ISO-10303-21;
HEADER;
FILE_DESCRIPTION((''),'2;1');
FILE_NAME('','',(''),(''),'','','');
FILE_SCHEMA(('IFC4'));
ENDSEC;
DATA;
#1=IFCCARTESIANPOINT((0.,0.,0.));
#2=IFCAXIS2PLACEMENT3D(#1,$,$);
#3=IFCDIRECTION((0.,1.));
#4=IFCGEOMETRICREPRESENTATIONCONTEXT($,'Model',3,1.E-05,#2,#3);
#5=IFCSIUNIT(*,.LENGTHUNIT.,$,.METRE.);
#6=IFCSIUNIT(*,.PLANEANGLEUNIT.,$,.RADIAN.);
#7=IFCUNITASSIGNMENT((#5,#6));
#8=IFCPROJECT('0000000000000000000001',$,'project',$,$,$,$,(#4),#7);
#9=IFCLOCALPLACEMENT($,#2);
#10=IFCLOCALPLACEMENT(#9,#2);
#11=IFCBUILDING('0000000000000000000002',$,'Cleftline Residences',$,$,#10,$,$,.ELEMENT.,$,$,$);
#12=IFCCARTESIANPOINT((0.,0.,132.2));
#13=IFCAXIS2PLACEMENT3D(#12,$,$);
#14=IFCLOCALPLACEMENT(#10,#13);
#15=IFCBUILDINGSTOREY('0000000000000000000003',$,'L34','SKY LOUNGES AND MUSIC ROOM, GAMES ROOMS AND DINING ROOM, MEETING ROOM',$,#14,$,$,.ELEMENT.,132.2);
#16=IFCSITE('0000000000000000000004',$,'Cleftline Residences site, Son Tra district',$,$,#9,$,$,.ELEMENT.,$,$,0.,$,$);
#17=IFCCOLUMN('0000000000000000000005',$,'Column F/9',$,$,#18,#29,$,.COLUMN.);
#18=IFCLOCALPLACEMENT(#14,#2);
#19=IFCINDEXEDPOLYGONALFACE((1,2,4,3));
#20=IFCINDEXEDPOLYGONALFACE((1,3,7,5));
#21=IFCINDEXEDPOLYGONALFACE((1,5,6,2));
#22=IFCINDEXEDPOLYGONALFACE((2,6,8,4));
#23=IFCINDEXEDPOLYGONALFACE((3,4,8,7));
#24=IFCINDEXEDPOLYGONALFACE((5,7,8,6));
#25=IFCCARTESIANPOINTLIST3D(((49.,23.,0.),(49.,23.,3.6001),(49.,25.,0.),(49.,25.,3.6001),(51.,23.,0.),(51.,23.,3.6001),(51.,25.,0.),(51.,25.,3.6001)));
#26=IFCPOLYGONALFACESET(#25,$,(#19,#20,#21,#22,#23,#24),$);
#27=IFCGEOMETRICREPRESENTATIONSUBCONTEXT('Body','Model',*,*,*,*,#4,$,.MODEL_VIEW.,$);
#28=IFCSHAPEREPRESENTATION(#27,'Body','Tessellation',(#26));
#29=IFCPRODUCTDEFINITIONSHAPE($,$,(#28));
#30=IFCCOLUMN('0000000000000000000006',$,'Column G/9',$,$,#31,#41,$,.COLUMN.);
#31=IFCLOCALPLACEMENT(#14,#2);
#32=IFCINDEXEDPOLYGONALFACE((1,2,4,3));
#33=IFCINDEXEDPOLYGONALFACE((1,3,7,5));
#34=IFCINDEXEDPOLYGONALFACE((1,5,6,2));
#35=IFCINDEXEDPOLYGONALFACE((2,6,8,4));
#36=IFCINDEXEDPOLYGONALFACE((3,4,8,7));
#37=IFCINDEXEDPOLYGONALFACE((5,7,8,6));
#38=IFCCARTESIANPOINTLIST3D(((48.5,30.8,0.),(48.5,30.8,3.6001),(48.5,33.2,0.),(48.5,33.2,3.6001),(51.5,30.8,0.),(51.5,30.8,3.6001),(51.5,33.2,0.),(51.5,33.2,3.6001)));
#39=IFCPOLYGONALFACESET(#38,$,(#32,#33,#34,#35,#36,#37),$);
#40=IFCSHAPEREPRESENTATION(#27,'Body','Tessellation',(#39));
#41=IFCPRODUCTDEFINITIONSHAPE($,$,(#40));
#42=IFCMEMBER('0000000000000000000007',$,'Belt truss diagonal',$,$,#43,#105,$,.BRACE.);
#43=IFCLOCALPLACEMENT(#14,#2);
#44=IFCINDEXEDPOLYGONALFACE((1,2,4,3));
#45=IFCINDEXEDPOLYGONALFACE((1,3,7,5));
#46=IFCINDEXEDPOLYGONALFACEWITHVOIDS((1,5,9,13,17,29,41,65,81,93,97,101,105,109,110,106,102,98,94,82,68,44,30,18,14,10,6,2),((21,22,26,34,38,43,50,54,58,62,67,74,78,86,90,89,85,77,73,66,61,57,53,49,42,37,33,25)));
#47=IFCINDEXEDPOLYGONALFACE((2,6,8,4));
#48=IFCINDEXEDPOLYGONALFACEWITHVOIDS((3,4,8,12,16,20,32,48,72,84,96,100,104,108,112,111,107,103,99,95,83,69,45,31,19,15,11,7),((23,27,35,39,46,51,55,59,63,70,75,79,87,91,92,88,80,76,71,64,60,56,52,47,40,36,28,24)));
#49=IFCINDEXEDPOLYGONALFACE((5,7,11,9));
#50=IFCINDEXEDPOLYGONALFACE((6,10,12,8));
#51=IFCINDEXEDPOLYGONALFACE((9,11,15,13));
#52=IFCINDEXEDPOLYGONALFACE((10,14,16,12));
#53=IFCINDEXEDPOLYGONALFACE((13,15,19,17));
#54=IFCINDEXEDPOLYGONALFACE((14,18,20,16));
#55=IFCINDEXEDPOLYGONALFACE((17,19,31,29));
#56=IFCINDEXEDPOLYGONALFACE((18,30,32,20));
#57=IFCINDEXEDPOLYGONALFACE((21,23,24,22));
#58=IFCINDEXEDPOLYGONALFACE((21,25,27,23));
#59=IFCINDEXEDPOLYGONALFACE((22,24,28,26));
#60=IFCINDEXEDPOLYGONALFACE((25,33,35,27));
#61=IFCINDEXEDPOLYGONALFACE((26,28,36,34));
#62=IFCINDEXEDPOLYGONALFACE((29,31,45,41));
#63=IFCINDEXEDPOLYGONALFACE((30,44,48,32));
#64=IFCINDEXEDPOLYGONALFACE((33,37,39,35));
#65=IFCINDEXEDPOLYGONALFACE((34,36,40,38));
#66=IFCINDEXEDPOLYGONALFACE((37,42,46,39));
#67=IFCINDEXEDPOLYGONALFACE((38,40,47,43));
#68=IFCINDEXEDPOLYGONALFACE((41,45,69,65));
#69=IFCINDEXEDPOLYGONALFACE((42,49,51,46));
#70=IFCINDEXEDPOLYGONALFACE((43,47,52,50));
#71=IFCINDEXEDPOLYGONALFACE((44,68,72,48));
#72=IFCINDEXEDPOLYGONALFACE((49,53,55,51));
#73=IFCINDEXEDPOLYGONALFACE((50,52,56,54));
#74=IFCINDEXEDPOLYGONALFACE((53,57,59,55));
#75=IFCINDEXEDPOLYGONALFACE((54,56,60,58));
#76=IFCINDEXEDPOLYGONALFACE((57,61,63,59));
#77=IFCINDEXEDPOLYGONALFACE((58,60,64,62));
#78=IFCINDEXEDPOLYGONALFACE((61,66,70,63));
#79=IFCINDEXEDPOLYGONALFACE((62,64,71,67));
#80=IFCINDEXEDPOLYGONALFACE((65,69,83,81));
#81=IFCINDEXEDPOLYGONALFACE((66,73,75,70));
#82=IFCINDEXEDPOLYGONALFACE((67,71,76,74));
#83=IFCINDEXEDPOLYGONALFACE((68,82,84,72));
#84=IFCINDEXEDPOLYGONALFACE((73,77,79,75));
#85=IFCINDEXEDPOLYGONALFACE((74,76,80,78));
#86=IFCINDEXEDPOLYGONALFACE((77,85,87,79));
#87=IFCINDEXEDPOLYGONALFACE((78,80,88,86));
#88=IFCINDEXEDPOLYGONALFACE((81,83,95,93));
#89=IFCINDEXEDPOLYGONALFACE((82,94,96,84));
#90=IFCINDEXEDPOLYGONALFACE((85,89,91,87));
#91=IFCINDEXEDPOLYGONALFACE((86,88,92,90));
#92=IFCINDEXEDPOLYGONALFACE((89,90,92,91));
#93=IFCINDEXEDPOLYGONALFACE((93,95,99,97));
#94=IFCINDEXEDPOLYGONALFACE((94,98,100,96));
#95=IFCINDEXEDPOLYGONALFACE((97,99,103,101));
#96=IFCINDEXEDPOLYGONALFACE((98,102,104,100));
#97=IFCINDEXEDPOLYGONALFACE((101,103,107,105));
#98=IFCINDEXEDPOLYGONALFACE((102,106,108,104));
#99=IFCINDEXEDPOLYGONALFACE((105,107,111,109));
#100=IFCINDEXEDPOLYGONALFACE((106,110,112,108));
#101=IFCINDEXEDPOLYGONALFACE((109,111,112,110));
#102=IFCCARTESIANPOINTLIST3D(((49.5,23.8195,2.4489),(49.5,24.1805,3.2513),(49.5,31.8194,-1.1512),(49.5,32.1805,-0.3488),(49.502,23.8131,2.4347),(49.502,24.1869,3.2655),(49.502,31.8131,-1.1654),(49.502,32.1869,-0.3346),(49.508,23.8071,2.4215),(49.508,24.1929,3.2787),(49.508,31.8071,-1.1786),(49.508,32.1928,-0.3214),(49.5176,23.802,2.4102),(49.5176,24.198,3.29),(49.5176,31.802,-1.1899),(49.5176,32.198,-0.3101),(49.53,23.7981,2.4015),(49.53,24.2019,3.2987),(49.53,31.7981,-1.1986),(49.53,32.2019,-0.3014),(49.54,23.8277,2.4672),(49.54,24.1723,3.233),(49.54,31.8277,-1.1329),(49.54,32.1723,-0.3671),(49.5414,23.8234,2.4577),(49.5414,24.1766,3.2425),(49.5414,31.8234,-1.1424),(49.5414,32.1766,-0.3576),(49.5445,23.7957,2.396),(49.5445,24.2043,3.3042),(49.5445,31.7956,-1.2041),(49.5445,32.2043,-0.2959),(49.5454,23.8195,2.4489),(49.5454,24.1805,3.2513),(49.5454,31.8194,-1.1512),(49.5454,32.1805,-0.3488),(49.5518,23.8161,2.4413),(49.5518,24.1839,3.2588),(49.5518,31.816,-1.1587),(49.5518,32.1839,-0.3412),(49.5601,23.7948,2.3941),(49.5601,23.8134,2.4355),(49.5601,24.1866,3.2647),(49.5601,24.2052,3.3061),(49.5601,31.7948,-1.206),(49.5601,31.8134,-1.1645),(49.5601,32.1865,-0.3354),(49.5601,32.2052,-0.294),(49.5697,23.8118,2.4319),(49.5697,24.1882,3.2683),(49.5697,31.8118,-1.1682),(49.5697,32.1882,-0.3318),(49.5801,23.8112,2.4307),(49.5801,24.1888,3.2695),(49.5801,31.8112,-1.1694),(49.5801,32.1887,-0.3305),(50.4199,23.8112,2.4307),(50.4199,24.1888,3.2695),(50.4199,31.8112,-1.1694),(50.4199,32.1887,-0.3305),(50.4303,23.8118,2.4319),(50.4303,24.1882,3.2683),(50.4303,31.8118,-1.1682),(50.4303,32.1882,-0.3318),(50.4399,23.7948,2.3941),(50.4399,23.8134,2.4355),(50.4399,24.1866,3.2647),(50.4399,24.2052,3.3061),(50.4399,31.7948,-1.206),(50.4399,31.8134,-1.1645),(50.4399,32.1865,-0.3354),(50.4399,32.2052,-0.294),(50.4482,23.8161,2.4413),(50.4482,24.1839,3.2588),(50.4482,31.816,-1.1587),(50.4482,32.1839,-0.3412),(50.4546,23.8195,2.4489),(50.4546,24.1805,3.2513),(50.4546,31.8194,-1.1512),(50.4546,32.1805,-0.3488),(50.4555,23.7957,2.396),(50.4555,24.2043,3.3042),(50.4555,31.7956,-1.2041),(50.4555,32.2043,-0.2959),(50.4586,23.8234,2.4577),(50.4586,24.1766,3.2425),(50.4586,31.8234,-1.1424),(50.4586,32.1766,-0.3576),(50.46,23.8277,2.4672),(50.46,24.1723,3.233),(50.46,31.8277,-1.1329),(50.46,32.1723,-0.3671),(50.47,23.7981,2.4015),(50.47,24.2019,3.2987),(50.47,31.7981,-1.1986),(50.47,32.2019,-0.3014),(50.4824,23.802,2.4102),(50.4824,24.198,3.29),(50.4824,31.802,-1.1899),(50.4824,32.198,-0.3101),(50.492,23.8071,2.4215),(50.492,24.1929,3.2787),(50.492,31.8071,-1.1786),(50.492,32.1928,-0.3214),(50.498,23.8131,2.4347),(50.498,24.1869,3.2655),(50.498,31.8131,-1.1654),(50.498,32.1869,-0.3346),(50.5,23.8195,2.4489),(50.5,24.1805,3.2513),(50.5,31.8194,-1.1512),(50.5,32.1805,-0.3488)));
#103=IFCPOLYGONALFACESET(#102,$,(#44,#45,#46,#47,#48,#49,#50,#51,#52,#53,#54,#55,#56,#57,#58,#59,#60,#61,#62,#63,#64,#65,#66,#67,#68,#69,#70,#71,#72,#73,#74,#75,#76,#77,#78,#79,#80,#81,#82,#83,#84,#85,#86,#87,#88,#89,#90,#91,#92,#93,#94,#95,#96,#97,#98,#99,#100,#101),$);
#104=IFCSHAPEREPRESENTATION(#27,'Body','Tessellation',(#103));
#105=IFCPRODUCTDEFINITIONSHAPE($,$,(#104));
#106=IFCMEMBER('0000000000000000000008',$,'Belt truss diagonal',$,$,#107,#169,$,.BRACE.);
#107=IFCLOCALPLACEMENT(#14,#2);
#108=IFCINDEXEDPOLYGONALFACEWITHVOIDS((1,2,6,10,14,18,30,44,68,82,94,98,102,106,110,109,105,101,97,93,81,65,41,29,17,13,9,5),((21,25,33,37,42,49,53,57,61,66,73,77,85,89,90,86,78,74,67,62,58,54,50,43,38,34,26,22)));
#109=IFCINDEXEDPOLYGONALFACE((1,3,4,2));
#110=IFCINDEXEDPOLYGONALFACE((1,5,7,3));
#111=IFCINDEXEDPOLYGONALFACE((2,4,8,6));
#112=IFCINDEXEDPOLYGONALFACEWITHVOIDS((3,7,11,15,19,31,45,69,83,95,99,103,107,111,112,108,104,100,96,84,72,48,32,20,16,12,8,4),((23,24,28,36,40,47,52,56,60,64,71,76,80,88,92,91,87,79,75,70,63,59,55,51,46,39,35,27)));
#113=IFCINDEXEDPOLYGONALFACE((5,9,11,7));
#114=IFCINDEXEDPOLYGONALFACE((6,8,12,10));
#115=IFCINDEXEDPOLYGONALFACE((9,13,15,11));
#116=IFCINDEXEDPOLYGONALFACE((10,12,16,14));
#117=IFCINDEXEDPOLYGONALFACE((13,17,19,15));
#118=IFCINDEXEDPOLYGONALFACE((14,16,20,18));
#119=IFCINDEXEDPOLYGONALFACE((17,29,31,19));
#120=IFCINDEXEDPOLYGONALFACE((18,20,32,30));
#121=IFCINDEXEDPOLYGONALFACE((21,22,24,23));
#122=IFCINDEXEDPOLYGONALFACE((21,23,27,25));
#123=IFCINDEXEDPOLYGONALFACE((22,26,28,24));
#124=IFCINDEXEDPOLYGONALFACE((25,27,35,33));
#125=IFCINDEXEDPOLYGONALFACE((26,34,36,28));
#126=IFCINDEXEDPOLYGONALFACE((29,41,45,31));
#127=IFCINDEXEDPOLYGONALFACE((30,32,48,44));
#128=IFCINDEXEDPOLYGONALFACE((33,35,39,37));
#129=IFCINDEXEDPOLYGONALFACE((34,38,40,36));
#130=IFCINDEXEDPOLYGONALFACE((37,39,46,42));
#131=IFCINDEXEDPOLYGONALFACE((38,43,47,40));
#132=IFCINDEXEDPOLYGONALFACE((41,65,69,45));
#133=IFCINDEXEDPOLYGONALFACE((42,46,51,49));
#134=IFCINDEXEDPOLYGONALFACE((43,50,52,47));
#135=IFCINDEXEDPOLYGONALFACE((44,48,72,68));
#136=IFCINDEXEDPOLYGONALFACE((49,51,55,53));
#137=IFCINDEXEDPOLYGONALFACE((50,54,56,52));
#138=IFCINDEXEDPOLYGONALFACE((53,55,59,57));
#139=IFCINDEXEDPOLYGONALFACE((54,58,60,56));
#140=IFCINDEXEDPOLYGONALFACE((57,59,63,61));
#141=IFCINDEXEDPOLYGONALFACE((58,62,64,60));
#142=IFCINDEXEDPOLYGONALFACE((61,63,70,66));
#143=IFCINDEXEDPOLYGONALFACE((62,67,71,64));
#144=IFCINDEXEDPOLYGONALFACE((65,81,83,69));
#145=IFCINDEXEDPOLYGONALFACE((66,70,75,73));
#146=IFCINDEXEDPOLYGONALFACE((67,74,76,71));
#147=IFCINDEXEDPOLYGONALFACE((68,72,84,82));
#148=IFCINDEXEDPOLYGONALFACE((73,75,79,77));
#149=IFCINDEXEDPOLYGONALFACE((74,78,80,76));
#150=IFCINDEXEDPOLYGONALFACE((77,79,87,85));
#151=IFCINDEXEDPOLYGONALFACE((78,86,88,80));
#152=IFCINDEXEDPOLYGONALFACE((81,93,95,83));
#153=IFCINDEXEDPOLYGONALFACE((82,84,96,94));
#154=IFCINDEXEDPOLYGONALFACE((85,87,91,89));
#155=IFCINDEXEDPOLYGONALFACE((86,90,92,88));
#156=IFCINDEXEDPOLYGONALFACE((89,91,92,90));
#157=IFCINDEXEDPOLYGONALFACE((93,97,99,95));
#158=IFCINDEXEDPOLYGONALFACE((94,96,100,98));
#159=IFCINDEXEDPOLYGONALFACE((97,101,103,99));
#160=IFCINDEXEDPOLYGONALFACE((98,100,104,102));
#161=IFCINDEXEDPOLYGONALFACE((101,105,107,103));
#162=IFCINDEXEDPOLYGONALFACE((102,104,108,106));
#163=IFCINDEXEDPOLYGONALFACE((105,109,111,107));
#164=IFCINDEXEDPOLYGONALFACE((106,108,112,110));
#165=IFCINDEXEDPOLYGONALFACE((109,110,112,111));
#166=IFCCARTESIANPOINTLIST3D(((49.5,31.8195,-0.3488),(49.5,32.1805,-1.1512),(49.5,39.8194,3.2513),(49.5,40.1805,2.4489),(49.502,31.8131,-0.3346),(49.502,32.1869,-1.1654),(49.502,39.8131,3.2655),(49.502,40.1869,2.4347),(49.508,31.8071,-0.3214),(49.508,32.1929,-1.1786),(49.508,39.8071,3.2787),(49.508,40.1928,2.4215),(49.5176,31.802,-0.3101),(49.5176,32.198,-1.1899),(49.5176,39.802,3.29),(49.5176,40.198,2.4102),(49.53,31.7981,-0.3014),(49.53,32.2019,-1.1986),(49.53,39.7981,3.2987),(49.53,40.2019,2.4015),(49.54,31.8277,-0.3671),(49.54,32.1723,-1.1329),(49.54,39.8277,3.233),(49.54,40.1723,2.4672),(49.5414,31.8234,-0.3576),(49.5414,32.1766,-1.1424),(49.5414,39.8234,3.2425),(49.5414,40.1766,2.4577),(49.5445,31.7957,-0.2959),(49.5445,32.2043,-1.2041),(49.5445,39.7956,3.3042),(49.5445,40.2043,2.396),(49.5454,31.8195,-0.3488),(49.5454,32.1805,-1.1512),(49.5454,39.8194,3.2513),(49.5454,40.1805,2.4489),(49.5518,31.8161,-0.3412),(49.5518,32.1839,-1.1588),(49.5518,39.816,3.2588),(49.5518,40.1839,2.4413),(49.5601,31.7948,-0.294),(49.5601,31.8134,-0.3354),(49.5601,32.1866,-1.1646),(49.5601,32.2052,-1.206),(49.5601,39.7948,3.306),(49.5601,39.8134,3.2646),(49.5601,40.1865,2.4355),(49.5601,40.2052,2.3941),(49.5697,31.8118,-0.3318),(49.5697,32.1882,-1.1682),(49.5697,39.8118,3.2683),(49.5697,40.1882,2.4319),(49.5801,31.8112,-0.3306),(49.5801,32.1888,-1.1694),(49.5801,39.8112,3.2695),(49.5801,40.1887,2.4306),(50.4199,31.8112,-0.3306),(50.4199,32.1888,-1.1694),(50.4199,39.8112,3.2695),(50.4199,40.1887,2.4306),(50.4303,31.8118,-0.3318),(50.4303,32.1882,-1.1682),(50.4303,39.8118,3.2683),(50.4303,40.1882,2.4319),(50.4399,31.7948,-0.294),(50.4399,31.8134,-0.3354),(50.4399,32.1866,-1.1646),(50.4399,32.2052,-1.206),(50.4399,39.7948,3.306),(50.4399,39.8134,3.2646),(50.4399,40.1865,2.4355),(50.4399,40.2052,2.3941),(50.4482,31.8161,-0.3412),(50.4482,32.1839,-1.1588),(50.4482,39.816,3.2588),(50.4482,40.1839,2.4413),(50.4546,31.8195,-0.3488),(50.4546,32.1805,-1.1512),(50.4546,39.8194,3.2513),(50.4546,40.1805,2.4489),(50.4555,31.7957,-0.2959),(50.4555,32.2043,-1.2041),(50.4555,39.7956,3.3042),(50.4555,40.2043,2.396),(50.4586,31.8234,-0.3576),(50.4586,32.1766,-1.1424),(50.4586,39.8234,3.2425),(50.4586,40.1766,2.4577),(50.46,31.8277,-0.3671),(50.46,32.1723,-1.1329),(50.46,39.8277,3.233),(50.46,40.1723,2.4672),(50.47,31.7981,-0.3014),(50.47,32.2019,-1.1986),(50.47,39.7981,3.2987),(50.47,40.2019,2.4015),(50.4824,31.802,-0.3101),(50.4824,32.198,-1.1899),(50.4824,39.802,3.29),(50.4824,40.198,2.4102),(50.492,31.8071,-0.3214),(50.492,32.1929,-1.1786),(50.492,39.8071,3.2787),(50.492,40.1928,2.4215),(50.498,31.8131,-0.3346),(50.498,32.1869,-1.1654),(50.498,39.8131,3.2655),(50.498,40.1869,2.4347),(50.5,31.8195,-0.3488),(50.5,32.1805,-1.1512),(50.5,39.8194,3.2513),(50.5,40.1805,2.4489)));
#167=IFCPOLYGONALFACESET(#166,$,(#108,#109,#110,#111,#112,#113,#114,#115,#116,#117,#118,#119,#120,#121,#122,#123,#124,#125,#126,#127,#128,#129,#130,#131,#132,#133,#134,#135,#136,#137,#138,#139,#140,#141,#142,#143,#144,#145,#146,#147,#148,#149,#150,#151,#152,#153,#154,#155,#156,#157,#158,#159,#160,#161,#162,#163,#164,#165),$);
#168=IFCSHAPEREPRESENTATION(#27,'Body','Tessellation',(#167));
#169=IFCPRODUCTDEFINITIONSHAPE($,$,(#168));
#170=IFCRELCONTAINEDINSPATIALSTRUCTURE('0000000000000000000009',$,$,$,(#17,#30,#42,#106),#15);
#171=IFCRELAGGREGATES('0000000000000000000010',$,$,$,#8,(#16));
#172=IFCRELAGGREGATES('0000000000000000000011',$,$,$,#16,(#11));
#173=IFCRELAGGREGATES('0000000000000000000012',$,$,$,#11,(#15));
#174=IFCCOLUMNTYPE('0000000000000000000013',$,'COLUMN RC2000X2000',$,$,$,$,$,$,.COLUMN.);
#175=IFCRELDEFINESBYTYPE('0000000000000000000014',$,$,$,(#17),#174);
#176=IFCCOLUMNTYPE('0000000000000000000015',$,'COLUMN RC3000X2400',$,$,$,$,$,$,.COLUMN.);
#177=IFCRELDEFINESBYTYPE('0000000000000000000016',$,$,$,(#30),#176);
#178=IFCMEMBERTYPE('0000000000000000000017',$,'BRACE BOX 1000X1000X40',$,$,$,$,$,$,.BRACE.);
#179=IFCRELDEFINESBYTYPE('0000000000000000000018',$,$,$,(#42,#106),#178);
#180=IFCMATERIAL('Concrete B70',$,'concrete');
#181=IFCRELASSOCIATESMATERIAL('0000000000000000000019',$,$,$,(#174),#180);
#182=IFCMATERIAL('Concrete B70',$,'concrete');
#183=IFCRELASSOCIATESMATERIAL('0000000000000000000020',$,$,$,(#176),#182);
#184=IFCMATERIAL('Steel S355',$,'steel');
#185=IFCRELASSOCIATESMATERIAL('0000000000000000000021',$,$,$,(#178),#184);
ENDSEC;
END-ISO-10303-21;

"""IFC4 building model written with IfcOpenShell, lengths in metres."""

from ifc_helpers import new_model, si_unit, direction, frame, origin, origin_2d, place, context, subcontext, project, spatial, rectangle, hollow_rectangle, extrude, material, material_profile, profile_set, type_object, element, save


model = new_model("IFC4")

# Units and contexts
model_context = context("Model", 3, precision=1e-05, world=origin(), true_north=direction((0.0, 1.0)))
body_context = subcontext(model_context, "Body", "Model", "MODEL_VIEW")
ifc_project = project(units=[si_unit("LENGTHUNIT", "METRE"), si_unit("PLANEANGLEUNIT", "RADIAN")], contexts=[model_context])

# Site, building, storey
site_placement = place(None, origin())
site = spatial("IfcSite", under=ifc_project, at=site_placement, Name="Cleftline Residences site, Son Tra district", CompositionType="ELEMENT", RefElevation=0.0)
building_placement = place(site_placement, origin())
building = spatial("IfcBuilding", under=site, at=building_placement, Name="Cleftline Residences", CompositionType="ELEMENT")
storey_placement = place(building_placement, frame((0.0, 0.0, 132.2)))
storey = spatial("IfcBuildingStorey", under=building, at=storey_placement, Name="L34", Description="SKY LOUNGES AND MUSIC ROOM, GAMES ROOMS AND DINING ROOM, MEETING ROOM", CompositionType="ELEMENT", Elevation=132.2)

# Columns
ifc_material_1 = material(Name="Concrete B70", Category="concrete")
ifc_material_profile_1 = material_profile(ifc_material_1, rectangle(XDim=2.0, YDim=2.0, at=origin_2d()))
ifc_profile_set_1 = profile_set([ifc_material_profile_1], Name="Concrete B70")
column_type_1 = type_object("IfcColumnType", Name="COLUMN RC2000X2000", PredefinedType="COLUMN", material=ifc_profile_set_1)
column_1_placement = place(storey_placement, frame((50.0, 24.0, 0.0), z_axis=(0.0, 0.0, 1.0), x_axis=(1.0, 0.0, 0.0)))
element("IfcColumn", 1, at=column_1_placement, inside=storey, type_object=column_type_1, Name="Column F/9", PredefinedType="COLUMN", context=body_context, shape_type="SweptSolid", body=[
    extrude(rectangle(XDim=2.0, YDim=2.0, at=origin_2d()), origin(), (0.0, 0.0, 1.0), 3.6001),
])
ifc_material_2 = material(Name="Concrete B70", Category="concrete")
ifc_material_profile_2 = material_profile(ifc_material_2, rectangle(XDim=3.0, YDim=2.3999, at=origin_2d()))
ifc_profile_set_2 = profile_set([ifc_material_profile_2], Name="Concrete B70")
column_type_2 = type_object("IfcColumnType", Name="COLUMN RC3000X2400", PredefinedType="COLUMN", material=ifc_profile_set_2)
column_2_placement = place(storey_placement, frame((50.0, 32.0, 0.0), z_axis=(0.0, 0.0, 1.0), x_axis=(1.0, 0.0, 0.0)))
element("IfcColumn", 2, at=column_2_placement, inside=storey, type_object=column_type_2, Name="Column G/9", PredefinedType="COLUMN", context=body_context, shape_type="SweptSolid", body=[
    extrude(rectangle(XDim=3.0, YDim=2.3999, at=origin_2d()), origin(), (0.0, 0.0, 1.0), 3.6001),
])

# Members
ifc_material_3 = material(Name="Steel S355", Category="steel")
ifc_material_profile_3 = material_profile(ifc_material_3, hollow_rectangle(XDim=1.0, YDim=1.0, WallThickness=0.04, InnerFilletRadius=0.04, OuterFilletRadius=0.0601, at=origin_2d()))
ifc_profile_set_3 = profile_set([ifc_material_profile_3], Name="Steel S355")
member_type_1 = type_object("IfcMemberType", Name="BRACE BOX 1000X1000X40", PredefinedType="BRACE", material=ifc_profile_set_3)
for number, where, z_axis, x_axis, name in (
    (3, (50.0, 24.0, 2.8501), (0.0, 0.911917, -0.410374), (0.0, 0.410374, 0.911917), "Belt truss diagonal"),
    (4, (50.0, 32.0, -0.75), (0.0, 0.911917, 0.410374), (0.0, -0.410374, 0.911917), "Belt truss diagonal"),
):
    element("IfcMember", number, at=place(storey_placement, frame(where, z_axis=z_axis, x_axis=x_axis)), inside=storey, type_object=member_type_1, Name=name, PredefinedType="BRACE", context=body_context, shape_type="SweptSolid", body=[
        extrude(hollow_rectangle(XDim=1.0, YDim=1.0, WallThickness=0.04, InnerFilletRadius=0.04, OuterFilletRadius=0.0601, at=origin_2d()), origin(), (0.0, 0.0, 1.0), 8.7727),
    ])

save(model, "model.ifc")
